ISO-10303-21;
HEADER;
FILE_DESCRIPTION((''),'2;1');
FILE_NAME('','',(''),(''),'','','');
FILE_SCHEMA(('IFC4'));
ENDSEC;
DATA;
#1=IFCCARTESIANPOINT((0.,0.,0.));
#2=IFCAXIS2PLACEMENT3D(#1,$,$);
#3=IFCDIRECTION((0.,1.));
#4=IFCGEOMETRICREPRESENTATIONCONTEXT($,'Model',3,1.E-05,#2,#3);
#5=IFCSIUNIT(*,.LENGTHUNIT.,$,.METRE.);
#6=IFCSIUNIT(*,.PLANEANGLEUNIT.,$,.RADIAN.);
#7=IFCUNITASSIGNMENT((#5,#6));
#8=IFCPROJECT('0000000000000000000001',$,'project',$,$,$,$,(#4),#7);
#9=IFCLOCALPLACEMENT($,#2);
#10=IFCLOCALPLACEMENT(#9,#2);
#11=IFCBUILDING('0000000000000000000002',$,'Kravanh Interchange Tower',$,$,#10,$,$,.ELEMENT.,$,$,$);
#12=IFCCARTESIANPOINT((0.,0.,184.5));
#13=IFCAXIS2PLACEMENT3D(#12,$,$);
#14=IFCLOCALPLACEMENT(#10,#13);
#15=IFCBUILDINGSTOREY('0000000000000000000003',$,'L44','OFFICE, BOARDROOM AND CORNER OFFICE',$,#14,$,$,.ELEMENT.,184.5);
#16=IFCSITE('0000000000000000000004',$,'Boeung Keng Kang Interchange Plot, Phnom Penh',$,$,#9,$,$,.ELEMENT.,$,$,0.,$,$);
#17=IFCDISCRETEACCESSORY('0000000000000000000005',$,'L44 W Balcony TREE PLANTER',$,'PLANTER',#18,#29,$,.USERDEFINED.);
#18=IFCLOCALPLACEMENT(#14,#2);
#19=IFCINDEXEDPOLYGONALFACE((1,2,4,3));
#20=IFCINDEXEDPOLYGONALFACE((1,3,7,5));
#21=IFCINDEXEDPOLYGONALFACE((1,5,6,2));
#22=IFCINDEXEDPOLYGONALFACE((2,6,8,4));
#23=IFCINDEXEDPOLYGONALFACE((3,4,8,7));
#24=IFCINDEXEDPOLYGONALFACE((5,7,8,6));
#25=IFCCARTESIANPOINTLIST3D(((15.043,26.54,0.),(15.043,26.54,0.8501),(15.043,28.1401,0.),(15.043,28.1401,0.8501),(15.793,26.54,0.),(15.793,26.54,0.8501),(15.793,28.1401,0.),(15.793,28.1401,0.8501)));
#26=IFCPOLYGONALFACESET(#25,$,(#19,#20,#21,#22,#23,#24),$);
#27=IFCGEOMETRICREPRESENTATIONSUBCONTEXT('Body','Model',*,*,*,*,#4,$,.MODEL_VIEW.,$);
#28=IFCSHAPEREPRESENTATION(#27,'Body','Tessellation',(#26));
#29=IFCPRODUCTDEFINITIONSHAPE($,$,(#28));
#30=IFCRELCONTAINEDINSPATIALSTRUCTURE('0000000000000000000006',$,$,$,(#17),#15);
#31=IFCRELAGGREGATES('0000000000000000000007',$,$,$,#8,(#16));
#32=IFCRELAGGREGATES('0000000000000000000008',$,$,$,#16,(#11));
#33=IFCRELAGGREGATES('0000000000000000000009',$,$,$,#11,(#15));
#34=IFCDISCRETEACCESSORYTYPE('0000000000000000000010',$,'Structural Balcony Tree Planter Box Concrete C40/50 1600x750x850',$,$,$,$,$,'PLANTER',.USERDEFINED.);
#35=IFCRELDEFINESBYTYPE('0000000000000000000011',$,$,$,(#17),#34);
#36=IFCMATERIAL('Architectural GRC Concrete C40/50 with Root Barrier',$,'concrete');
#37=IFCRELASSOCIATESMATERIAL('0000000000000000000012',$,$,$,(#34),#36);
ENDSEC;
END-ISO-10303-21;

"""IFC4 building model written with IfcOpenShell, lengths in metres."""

from ifc_helpers import new_model, si_unit, direction, frame, origin, origin_2d, place, context, subcontext, project, spatial, rectangle, extrude, material, type_object, element, save


model = new_model("IFC4")

# Units and contexts
model_context = context("Model", 3, precision=1e-05, world=origin(), true_north=direction((0.0, 1.0)))
body_context = subcontext(model_context, "Body", "Model", "MODEL_VIEW")
ifc_project = project(units=[si_unit("LENGTHUNIT", "METRE"), si_unit("PLANEANGLEUNIT", "RADIAN")], contexts=[model_context])

# Site, building, storey
site_placement = place(None, origin())
site = spatial("IfcSite", under=ifc_project, at=site_placement, Name="Boeung Keng Kang Interchange Plot, Phnom Penh", CompositionType="ELEMENT", RefElevation=0.0)
building_placement = place(site_placement, origin())
building = spatial("IfcBuilding", under=site, at=building_placement, Name="Kravanh Interchange Tower", CompositionType="ELEMENT")
storey_placement = place(building_placement, frame((0.0, 0.0, 184.5)))
storey = spatial("IfcBuildingStorey", under=building, at=storey_placement, Name="L44", Description="OFFICE, BOARDROOM AND CORNER OFFICE", CompositionType="ELEMENT", Elevation=184.5)

# Discrete accessory
ifc_material_1 = material(Name="Architectural GRC Concrete C40/50 with Root Barrier", Category="concrete")
discrete_accessory_type = type_object("IfcDiscreteAccessoryType", Name="Structural Balcony Tree Planter Box Concrete C40/50 1600x750x850", ElementType="PLANTER", PredefinedType="USERDEFINED", material=ifc_material_1)
discrete_accessory_placement = place(storey_placement, frame((15.418, 27.3401, 0.0), z_axis=(0.0, 0.0, 1.0), x_axis=(1.0, 0.0, 0.0)))
element("IfcDiscreteAccessory", 1, at=discrete_accessory_placement, inside=storey, type_object=discrete_accessory_type, Name="L44 W Balcony TREE PLANTER", ObjectType="PLANTER", PredefinedType="USERDEFINED", context=body_context, shape_type="SweptSolid", body=[
    extrude(rectangle(XDim=0.75, YDim=1.6001, at=origin_2d()), origin(), (0.0, 0.0, 1.0), 0.8501),
])

save(model, "model.ifc")
